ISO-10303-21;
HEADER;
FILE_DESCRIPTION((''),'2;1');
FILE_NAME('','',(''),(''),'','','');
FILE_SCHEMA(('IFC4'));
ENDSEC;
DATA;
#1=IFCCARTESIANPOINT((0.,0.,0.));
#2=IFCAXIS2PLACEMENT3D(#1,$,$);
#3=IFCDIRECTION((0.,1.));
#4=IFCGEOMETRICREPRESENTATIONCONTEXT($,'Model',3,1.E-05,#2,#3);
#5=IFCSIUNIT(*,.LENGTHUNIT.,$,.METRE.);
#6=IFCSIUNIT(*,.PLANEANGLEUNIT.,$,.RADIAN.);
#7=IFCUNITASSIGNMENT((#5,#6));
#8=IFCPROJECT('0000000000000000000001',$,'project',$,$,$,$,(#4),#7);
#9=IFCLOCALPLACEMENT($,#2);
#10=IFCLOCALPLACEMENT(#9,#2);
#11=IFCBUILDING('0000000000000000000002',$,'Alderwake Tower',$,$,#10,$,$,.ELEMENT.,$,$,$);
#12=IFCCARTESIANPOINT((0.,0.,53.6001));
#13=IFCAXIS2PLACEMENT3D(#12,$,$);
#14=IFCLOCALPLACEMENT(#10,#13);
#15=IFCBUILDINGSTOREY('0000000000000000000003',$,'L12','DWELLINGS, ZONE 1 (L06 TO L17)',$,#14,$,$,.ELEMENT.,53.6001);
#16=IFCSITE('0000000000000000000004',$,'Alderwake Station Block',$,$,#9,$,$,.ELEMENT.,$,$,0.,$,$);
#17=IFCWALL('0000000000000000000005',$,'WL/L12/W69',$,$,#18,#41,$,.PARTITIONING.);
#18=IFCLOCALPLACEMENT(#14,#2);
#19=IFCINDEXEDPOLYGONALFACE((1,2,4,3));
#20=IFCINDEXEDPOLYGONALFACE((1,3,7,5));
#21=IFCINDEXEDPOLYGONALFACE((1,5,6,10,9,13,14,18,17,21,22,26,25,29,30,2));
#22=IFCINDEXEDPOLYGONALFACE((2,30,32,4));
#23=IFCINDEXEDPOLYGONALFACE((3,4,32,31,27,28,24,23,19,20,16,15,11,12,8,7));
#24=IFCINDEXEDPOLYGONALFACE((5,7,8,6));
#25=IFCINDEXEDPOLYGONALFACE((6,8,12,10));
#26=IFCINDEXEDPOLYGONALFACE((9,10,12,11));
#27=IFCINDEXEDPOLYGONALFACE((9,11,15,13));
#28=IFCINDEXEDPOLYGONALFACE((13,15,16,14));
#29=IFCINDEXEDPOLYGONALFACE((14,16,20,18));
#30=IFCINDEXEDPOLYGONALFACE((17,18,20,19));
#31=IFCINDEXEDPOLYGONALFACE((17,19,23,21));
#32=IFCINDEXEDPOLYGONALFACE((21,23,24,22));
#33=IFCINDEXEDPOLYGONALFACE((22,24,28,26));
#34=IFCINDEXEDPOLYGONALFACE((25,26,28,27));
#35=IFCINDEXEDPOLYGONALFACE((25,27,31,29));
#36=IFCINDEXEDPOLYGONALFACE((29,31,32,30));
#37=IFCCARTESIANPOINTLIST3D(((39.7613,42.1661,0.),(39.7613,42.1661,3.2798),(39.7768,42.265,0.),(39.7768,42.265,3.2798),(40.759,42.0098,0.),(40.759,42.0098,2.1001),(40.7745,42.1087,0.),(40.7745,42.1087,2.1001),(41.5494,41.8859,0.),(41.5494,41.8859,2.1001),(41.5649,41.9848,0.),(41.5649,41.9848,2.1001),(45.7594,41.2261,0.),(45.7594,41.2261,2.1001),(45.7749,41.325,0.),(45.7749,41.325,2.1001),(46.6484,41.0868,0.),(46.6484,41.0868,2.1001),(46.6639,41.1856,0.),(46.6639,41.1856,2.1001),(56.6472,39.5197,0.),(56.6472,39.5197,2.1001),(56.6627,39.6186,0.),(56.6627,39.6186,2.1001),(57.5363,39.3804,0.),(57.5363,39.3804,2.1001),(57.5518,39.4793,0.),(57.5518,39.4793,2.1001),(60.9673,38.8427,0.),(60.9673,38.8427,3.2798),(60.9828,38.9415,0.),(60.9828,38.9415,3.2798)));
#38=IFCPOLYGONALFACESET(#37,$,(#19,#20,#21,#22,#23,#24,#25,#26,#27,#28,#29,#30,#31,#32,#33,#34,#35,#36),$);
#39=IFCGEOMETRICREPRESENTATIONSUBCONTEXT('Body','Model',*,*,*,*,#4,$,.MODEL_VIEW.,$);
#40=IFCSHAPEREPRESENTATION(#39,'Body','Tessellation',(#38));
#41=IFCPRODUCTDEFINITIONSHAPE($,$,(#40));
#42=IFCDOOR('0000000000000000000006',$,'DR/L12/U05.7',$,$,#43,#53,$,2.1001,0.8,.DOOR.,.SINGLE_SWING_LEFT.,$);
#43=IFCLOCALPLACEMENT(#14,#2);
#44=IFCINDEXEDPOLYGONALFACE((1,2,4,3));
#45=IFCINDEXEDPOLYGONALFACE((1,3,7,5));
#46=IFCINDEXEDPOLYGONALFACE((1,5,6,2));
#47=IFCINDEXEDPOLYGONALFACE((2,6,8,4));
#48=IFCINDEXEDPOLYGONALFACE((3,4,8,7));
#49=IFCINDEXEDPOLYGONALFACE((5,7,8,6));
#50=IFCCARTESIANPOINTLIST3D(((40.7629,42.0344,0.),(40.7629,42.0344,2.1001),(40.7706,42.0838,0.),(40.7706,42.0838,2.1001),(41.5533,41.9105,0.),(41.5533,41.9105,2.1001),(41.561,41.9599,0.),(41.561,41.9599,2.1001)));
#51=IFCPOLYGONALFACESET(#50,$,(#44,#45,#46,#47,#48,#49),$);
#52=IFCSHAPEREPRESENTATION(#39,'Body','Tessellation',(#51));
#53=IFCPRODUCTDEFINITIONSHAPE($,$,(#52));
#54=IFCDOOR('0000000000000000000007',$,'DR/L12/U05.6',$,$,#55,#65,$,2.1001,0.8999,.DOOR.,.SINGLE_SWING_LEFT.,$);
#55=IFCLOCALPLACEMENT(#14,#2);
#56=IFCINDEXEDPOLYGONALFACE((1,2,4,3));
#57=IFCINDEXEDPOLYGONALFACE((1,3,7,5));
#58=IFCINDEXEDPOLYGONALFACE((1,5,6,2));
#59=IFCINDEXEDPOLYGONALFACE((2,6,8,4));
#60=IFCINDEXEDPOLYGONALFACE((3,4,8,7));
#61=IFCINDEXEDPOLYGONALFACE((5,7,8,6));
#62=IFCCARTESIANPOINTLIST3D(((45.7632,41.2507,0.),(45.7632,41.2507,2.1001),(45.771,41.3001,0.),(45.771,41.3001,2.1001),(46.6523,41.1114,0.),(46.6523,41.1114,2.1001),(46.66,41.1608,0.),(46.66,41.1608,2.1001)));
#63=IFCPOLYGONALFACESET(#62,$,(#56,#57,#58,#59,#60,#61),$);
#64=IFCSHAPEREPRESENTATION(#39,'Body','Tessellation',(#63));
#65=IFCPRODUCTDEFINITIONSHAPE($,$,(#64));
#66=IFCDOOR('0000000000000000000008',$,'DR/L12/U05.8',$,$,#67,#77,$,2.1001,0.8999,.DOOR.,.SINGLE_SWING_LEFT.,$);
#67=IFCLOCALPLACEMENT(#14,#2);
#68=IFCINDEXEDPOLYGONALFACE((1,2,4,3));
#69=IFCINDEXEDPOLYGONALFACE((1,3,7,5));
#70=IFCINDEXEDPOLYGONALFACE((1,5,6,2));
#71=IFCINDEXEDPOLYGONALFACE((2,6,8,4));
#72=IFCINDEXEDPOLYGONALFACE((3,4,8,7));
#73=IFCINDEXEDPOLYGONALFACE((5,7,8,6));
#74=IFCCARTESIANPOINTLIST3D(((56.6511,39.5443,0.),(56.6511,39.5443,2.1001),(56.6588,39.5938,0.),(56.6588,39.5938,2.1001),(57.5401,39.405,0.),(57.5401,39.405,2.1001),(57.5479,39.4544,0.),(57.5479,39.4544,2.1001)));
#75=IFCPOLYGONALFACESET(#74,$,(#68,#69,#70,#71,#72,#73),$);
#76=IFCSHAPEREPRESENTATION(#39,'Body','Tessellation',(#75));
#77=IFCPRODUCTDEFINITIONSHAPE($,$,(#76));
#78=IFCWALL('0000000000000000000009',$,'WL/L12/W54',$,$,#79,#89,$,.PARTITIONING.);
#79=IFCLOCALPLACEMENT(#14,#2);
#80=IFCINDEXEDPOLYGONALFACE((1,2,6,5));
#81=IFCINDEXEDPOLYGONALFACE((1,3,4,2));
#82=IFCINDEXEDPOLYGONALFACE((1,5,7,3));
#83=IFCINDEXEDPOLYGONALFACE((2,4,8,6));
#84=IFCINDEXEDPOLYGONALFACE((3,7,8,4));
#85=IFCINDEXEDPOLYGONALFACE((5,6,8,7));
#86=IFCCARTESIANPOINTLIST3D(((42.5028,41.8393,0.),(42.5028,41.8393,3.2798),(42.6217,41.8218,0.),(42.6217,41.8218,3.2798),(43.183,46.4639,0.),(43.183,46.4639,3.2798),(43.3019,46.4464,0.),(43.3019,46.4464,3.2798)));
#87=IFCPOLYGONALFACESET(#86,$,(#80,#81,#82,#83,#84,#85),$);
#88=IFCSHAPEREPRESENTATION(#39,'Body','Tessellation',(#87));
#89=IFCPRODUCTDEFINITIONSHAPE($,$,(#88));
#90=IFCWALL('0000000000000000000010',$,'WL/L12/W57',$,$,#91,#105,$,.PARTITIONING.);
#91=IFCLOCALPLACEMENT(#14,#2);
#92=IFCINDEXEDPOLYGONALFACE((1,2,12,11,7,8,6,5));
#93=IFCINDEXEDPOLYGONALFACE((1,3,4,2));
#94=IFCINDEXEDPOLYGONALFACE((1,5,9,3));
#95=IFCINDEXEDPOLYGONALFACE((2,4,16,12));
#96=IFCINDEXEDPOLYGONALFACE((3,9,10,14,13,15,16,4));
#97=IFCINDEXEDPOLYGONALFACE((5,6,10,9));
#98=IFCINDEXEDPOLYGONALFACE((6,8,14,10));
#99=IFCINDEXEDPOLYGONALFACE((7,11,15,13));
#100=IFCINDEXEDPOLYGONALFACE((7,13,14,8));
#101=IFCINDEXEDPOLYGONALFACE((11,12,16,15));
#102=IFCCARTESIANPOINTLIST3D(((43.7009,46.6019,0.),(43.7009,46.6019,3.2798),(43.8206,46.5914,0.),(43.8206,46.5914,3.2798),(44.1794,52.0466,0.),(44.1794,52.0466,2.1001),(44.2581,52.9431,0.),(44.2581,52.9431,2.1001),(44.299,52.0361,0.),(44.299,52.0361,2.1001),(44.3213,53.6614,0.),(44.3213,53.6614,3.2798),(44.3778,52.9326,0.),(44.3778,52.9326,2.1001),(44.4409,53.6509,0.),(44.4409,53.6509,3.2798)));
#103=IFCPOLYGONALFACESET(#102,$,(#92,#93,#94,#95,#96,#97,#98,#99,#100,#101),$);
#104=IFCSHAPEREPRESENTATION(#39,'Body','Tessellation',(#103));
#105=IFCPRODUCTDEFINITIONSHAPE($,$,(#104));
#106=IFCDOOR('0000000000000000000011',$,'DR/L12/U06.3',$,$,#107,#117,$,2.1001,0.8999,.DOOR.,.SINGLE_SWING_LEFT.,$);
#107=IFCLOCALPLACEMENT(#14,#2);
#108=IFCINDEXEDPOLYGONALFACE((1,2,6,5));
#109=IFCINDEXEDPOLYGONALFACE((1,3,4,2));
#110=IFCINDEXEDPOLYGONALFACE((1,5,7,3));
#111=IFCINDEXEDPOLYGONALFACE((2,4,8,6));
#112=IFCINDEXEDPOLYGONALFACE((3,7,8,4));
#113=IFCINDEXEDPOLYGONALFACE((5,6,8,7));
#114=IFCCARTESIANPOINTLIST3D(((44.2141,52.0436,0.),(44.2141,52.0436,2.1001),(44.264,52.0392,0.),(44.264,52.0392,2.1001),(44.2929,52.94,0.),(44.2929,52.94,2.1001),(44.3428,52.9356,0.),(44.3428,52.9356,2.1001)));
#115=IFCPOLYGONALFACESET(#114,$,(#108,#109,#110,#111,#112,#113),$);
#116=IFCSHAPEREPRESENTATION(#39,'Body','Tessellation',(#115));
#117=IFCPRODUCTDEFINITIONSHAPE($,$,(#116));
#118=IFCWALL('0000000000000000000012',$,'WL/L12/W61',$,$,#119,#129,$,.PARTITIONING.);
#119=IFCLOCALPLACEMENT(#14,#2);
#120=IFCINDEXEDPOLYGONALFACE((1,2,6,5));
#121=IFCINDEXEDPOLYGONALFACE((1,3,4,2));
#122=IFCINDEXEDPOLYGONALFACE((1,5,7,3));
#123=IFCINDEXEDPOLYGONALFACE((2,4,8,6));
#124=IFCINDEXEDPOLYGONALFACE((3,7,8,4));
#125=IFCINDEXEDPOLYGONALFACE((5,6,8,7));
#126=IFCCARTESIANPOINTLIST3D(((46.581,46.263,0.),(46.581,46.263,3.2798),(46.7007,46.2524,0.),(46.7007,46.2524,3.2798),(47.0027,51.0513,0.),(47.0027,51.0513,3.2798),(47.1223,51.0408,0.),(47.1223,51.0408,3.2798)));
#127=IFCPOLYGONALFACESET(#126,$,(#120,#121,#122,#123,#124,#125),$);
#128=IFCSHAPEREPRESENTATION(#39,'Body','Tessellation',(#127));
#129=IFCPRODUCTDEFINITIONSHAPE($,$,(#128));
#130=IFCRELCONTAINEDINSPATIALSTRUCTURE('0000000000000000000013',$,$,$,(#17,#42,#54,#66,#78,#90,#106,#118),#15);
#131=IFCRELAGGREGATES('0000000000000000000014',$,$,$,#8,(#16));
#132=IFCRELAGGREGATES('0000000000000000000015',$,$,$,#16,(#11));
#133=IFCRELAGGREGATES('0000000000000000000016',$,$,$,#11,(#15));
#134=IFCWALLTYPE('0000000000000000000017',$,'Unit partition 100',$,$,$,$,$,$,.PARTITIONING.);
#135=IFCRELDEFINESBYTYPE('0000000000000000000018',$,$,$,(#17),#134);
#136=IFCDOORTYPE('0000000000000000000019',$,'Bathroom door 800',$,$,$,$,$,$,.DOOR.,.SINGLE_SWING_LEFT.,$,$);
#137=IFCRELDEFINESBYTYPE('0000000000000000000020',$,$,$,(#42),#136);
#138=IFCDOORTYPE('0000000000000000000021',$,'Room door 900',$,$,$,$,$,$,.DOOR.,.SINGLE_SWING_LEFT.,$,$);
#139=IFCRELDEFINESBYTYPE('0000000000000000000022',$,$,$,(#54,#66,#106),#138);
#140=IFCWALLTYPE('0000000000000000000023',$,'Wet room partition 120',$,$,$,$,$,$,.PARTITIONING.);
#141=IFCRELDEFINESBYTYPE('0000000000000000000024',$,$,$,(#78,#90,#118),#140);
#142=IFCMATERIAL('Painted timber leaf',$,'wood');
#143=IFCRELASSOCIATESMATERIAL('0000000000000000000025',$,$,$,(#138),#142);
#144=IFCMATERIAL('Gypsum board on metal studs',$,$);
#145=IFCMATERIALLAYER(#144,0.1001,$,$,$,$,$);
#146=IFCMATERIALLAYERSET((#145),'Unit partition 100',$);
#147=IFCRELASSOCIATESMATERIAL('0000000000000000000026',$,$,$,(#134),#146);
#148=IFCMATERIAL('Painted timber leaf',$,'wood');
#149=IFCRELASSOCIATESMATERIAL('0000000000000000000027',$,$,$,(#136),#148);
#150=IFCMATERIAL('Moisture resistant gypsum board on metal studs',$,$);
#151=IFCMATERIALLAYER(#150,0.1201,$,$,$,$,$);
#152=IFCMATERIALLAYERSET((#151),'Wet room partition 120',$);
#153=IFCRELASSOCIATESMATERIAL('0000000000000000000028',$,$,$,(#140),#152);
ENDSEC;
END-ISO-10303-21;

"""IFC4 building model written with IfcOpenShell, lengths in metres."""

from ifc_helpers import new_model, si_unit, direction, frame, frame_2d, origin, place, context, subcontext, project, spatial, rectangle, extrude, material, layer, layer_set, type_object, element, fill, save


model = new_model("IFC4")

# Units and contexts
model_context = context("Model", 3, precision=1e-05, world=origin(), true_north=direction((0.0, 1.0)))
body_context = subcontext(model_context, "Body", "Model", "MODEL_VIEW")
ifc_project = project(units=[si_unit("LENGTHUNIT", "METRE"), si_unit("PLANEANGLEUNIT", "RADIAN")], contexts=[model_context])

# Site, building, storey
site_placement = place(None, origin())
site = spatial("IfcSite", under=ifc_project, at=site_placement, Name="Alderwake Station Block", CompositionType="ELEMENT", RefElevation=0.0)
building_placement = place(site_placement, origin())
building = spatial("IfcBuilding", under=site, at=building_placement, Name="Alderwake Tower", CompositionType="ELEMENT")
storey_placement = place(building_placement, frame((0.0, 0.0, 53.6001)))
storey = spatial("IfcBuildingStorey", under=building, at=storey_placement, Name="L12", Description="DWELLINGS, ZONE 1 (L06 TO L17)", CompositionType="ELEMENT", Elevation=53.6001)

# Shared definitions
ifc_material_1 = material(Name="Painted timber leaf", Category="wood")
door_type_1 = type_object("IfcDoorType", Name="Room door 900", OperationType="SINGLE_SWING_LEFT", PredefinedType="DOOR", material=ifc_material_1)

# Wall, openings, doors
ifc_material_2 = material(Name="Gypsum board on metal studs")
ifc_layer_1 = layer(ifc_material_2, 0.1001)
ifc_layer_set_1 = layer_set([ifc_layer_1], Name="Unit partition 100")
wall_type_1 = type_object("IfcWallType", Name="Unit partition 100", PredefinedType="PARTITIONING", material=ifc_layer_set_1)
wall_1_placement = place(storey_placement, frame((39.769, 42.2156, 0.0), z_axis=(0.0, 0.0, 1.0), x_axis=(0.987941, -0.154833, 0.0)))
wall_1 = element("IfcWall", 1, at=wall_1_placement, inside=storey, type_object=wall_type_1, Name="WL/L12/W69", PredefinedType="PARTITIONING", context=body_context, shape_type="SweptSolid", body=[
    extrude(rectangle(XDim=21.4648, YDim=0.1001, at=frame_2d((10.7324, 0.0))), origin(), (0.0, 0.0, 1.0), 3.2798),
])
opening_1_placement = place(wall_1_placement, frame((6.0713, 0.0, 0.0)))
opening_1 = element("IfcOpeningElement", 2, at=opening_1_placement, cuts=wall_1, PredefinedType="OPENING", context=body_context, shape_type="SweptSolid", body=[
    extrude(rectangle(XDim=0.8999, YDim=2.1001, at=frame_2d((0.45, 1.05))), frame((0.0, 0.0601, 0.0), z_axis=(0.0, -1.0, 0.0), x_axis=(1.0, 0.0, 0.0)), (0.0, 0.0, 1.0), 0.1201),
])
opening_2_placement = place(wall_1_placement, frame((1.01, 0.0, 0.0)))
opening_2 = element("IfcOpeningElement", 3, at=opening_2_placement, cuts=wall_1, PredefinedType="OPENING", context=body_context, shape_type="SweptSolid", body=[
    extrude(rectangle(XDim=0.8, YDim=2.1001, at=frame_2d((0.3999, 1.05))), frame((0.0, 0.0601, 0.0), z_axis=(0.0, -1.0, 0.0), x_axis=(1.0, 0.0, 0.0)), (0.0, 0.0, 1.0), 0.1201),
])
opening_3_placement = place(wall_1_placement, frame((17.092, 0.0, 0.0)))
opening_3 = element("IfcOpeningElement", 4, at=opening_3_placement, cuts=wall_1, PredefinedType="OPENING", context=body_context, shape_type="SweptSolid", body=[
    extrude(rectangle(XDim=0.8999, YDim=2.1001, at=frame_2d((0.45, 1.05))), frame((0.0, 0.0601, 0.0), z_axis=(0.0, -1.0, 0.0), x_axis=(1.0, 0.0, 0.0)), (0.0, 0.0, 1.0), 0.1201),
])
ifc_material_3 = material(Name="Painted timber leaf", Category="wood")
door_type_2 = type_object("IfcDoorType", Name="Bathroom door 800", OperationType="SINGLE_SWING_LEFT", PredefinedType="DOOR", material=ifc_material_3)
door_1_placement = place(opening_2_placement, origin())
door_1 = element("IfcDoor", 5, at=door_1_placement, inside=storey, type_object=door_type_2, Name="DR/L12/U05.7", OperationType="SINGLE_SWING_LEFT", OverallHeight=2.1001, OverallWidth=0.8, PredefinedType="DOOR", context=body_context, shape_type="SweptSolid", body=[
    extrude(rectangle(XDim=0.8, YDim=2.1001, at=frame_2d((0.3999, 1.05))), frame((0.0, 0.0249, 0.0), z_axis=(0.0, -1.0, 0.0), x_axis=(1.0, 0.0, 0.0)), (0.0, 0.0, 1.0), 0.05),
])
fill(opening_2, door_1)
door_2_placement = place(opening_1_placement, origin())
door_2 = element("IfcDoor", 6, at=door_2_placement, inside=storey, type_object=door_type_1, Name="DR/L12/U05.6", OperationType="SINGLE_SWING_LEFT", OverallHeight=2.1001, OverallWidth=0.8999, PredefinedType="DOOR", context=body_context, shape_type="SweptSolid", body=[
    extrude(rectangle(XDim=0.8999, YDim=2.1001, at=frame_2d((0.45, 1.05))), frame((0.0, 0.0249, 0.0), z_axis=(0.0, -1.0, 0.0), x_axis=(1.0, 0.0, 0.0)), (0.0, 0.0, 1.0), 0.05),
])
fill(opening_1, door_2)
door_3_placement = place(opening_3_placement, origin())
door_3 = element("IfcDoor", 7, at=door_3_placement, inside=storey, type_object=door_type_1, Name="DR/L12/U05.8", OperationType="SINGLE_SWING_LEFT", OverallHeight=2.1001, OverallWidth=0.8999, PredefinedType="DOOR", context=body_context, shape_type="SweptSolid", body=[
    extrude(rectangle(XDim=0.8999, YDim=2.1001, at=frame_2d((0.45, 1.05))), frame((0.0, 0.0249, 0.0), z_axis=(0.0, -1.0, 0.0), x_axis=(1.0, 0.0, 0.0)), (0.0, 0.0, 1.0), 0.05),
])
fill(opening_3, door_3)

# Wall
ifc_material_4 = material(Name="Moisture resistant gypsum board on metal studs")
ifc_layer_2 = layer(ifc_material_4, 0.1201)
ifc_layer_set_2 = layer_set([ifc_layer_2], Name="Wet room partition 120")
wall_type_2 = type_object("IfcWallType", Name="Wet room partition 120", PredefinedType="PARTITIONING", material=ifc_layer_set_2)
wall_2_placement = place(storey_placement, frame((42.5623, 41.8306, 0.0), z_axis=(0.0, 0.0, 1.0), x_axis=(0.145515, 0.989356, 0.0)))
element("IfcWall", 8, at=wall_2_placement, inside=storey, type_object=wall_type_2, Name="WL/L12/W54", PredefinedType="PARTITIONING", context=body_context, shape_type="SweptSolid", body=[
    extrude(rectangle(XDim=4.6743, YDim=0.1201, at=frame_2d((2.3372, 0.0))), origin(), (0.0, 0.0, 1.0), 3.2798),
])

# Wall, opening, door
wall_3_placement = place(storey_placement, frame((44.3811, 53.6562, 0.0), z_axis=(0.0, 0.0, 1.0), x_axis=(-0.087538, -0.996161, 0.0)))
wall_3 = element("IfcWall", 9, at=wall_3_placement, inside=storey, type_object=wall_type_2, Name="WL/L12/W57", PredefinedType="PARTITIONING", context=body_context, shape_type="SweptSolid", body=[
    extrude(rectangle(XDim=7.0867, YDim=0.1201, at=frame_2d((3.5435, 0.0))), origin(), (0.0, 0.0, 1.0), 3.2798),
])
opening_4_placement = place(wall_3_placement, frame((0.7212, 0.0, 0.0)))
opening_4 = element("IfcOpeningElement", 10, at=opening_4_placement, cuts=wall_3, PredefinedType="OPENING", context=body_context, shape_type="SweptSolid", body=[
    extrude(rectangle(XDim=0.8999, YDim=2.1001, at=frame_2d((0.45, 1.05))), frame((0.0, 0.0701, 0.0), z_axis=(0.0, -1.0, 0.0), x_axis=(1.0, 0.0, 0.0)), (0.0, 0.0, 1.0), 0.1401),
])
door_4_placement = place(opening_4_placement, origin())
door_4 = element("IfcDoor", 11, at=door_4_placement, inside=storey, type_object=door_type_1, Name="DR/L12/U06.3", OperationType="SINGLE_SWING_LEFT", OverallHeight=2.1001, OverallWidth=0.8999, PredefinedType="DOOR", context=body_context, shape_type="SweptSolid", body=[
    extrude(rectangle(XDim=0.8999, YDim=2.1001, at=frame_2d((0.45, 1.05))), frame((0.0, 0.0249, 0.0), z_axis=(0.0, -1.0, 0.0), x_axis=(1.0, 0.0, 0.0)), (0.0, 0.0, 1.0), 0.05),
])
fill(opening_4, door_4)

# Wall
wall_4_placement = place(storey_placement, frame((46.6409, 46.2578, 0.0), z_axis=(0.0, 0.0, 1.0), x_axis=(0.087714, 0.996146, 0.0)))
element("IfcWall", 12, at=wall_4_placement, inside=storey, type_object=wall_type_2, Name="WL/L12/W61", PredefinedType="PARTITIONING", context=body_context, shape_type="SweptSolid", body=[
    extrude(rectangle(XDim=4.8069, YDim=0.1201, at=frame_2d((2.4033, 0.0))), origin(), (0.0, 0.0, 1.0), 3.2798),
])

save(model, "model.ifc")
